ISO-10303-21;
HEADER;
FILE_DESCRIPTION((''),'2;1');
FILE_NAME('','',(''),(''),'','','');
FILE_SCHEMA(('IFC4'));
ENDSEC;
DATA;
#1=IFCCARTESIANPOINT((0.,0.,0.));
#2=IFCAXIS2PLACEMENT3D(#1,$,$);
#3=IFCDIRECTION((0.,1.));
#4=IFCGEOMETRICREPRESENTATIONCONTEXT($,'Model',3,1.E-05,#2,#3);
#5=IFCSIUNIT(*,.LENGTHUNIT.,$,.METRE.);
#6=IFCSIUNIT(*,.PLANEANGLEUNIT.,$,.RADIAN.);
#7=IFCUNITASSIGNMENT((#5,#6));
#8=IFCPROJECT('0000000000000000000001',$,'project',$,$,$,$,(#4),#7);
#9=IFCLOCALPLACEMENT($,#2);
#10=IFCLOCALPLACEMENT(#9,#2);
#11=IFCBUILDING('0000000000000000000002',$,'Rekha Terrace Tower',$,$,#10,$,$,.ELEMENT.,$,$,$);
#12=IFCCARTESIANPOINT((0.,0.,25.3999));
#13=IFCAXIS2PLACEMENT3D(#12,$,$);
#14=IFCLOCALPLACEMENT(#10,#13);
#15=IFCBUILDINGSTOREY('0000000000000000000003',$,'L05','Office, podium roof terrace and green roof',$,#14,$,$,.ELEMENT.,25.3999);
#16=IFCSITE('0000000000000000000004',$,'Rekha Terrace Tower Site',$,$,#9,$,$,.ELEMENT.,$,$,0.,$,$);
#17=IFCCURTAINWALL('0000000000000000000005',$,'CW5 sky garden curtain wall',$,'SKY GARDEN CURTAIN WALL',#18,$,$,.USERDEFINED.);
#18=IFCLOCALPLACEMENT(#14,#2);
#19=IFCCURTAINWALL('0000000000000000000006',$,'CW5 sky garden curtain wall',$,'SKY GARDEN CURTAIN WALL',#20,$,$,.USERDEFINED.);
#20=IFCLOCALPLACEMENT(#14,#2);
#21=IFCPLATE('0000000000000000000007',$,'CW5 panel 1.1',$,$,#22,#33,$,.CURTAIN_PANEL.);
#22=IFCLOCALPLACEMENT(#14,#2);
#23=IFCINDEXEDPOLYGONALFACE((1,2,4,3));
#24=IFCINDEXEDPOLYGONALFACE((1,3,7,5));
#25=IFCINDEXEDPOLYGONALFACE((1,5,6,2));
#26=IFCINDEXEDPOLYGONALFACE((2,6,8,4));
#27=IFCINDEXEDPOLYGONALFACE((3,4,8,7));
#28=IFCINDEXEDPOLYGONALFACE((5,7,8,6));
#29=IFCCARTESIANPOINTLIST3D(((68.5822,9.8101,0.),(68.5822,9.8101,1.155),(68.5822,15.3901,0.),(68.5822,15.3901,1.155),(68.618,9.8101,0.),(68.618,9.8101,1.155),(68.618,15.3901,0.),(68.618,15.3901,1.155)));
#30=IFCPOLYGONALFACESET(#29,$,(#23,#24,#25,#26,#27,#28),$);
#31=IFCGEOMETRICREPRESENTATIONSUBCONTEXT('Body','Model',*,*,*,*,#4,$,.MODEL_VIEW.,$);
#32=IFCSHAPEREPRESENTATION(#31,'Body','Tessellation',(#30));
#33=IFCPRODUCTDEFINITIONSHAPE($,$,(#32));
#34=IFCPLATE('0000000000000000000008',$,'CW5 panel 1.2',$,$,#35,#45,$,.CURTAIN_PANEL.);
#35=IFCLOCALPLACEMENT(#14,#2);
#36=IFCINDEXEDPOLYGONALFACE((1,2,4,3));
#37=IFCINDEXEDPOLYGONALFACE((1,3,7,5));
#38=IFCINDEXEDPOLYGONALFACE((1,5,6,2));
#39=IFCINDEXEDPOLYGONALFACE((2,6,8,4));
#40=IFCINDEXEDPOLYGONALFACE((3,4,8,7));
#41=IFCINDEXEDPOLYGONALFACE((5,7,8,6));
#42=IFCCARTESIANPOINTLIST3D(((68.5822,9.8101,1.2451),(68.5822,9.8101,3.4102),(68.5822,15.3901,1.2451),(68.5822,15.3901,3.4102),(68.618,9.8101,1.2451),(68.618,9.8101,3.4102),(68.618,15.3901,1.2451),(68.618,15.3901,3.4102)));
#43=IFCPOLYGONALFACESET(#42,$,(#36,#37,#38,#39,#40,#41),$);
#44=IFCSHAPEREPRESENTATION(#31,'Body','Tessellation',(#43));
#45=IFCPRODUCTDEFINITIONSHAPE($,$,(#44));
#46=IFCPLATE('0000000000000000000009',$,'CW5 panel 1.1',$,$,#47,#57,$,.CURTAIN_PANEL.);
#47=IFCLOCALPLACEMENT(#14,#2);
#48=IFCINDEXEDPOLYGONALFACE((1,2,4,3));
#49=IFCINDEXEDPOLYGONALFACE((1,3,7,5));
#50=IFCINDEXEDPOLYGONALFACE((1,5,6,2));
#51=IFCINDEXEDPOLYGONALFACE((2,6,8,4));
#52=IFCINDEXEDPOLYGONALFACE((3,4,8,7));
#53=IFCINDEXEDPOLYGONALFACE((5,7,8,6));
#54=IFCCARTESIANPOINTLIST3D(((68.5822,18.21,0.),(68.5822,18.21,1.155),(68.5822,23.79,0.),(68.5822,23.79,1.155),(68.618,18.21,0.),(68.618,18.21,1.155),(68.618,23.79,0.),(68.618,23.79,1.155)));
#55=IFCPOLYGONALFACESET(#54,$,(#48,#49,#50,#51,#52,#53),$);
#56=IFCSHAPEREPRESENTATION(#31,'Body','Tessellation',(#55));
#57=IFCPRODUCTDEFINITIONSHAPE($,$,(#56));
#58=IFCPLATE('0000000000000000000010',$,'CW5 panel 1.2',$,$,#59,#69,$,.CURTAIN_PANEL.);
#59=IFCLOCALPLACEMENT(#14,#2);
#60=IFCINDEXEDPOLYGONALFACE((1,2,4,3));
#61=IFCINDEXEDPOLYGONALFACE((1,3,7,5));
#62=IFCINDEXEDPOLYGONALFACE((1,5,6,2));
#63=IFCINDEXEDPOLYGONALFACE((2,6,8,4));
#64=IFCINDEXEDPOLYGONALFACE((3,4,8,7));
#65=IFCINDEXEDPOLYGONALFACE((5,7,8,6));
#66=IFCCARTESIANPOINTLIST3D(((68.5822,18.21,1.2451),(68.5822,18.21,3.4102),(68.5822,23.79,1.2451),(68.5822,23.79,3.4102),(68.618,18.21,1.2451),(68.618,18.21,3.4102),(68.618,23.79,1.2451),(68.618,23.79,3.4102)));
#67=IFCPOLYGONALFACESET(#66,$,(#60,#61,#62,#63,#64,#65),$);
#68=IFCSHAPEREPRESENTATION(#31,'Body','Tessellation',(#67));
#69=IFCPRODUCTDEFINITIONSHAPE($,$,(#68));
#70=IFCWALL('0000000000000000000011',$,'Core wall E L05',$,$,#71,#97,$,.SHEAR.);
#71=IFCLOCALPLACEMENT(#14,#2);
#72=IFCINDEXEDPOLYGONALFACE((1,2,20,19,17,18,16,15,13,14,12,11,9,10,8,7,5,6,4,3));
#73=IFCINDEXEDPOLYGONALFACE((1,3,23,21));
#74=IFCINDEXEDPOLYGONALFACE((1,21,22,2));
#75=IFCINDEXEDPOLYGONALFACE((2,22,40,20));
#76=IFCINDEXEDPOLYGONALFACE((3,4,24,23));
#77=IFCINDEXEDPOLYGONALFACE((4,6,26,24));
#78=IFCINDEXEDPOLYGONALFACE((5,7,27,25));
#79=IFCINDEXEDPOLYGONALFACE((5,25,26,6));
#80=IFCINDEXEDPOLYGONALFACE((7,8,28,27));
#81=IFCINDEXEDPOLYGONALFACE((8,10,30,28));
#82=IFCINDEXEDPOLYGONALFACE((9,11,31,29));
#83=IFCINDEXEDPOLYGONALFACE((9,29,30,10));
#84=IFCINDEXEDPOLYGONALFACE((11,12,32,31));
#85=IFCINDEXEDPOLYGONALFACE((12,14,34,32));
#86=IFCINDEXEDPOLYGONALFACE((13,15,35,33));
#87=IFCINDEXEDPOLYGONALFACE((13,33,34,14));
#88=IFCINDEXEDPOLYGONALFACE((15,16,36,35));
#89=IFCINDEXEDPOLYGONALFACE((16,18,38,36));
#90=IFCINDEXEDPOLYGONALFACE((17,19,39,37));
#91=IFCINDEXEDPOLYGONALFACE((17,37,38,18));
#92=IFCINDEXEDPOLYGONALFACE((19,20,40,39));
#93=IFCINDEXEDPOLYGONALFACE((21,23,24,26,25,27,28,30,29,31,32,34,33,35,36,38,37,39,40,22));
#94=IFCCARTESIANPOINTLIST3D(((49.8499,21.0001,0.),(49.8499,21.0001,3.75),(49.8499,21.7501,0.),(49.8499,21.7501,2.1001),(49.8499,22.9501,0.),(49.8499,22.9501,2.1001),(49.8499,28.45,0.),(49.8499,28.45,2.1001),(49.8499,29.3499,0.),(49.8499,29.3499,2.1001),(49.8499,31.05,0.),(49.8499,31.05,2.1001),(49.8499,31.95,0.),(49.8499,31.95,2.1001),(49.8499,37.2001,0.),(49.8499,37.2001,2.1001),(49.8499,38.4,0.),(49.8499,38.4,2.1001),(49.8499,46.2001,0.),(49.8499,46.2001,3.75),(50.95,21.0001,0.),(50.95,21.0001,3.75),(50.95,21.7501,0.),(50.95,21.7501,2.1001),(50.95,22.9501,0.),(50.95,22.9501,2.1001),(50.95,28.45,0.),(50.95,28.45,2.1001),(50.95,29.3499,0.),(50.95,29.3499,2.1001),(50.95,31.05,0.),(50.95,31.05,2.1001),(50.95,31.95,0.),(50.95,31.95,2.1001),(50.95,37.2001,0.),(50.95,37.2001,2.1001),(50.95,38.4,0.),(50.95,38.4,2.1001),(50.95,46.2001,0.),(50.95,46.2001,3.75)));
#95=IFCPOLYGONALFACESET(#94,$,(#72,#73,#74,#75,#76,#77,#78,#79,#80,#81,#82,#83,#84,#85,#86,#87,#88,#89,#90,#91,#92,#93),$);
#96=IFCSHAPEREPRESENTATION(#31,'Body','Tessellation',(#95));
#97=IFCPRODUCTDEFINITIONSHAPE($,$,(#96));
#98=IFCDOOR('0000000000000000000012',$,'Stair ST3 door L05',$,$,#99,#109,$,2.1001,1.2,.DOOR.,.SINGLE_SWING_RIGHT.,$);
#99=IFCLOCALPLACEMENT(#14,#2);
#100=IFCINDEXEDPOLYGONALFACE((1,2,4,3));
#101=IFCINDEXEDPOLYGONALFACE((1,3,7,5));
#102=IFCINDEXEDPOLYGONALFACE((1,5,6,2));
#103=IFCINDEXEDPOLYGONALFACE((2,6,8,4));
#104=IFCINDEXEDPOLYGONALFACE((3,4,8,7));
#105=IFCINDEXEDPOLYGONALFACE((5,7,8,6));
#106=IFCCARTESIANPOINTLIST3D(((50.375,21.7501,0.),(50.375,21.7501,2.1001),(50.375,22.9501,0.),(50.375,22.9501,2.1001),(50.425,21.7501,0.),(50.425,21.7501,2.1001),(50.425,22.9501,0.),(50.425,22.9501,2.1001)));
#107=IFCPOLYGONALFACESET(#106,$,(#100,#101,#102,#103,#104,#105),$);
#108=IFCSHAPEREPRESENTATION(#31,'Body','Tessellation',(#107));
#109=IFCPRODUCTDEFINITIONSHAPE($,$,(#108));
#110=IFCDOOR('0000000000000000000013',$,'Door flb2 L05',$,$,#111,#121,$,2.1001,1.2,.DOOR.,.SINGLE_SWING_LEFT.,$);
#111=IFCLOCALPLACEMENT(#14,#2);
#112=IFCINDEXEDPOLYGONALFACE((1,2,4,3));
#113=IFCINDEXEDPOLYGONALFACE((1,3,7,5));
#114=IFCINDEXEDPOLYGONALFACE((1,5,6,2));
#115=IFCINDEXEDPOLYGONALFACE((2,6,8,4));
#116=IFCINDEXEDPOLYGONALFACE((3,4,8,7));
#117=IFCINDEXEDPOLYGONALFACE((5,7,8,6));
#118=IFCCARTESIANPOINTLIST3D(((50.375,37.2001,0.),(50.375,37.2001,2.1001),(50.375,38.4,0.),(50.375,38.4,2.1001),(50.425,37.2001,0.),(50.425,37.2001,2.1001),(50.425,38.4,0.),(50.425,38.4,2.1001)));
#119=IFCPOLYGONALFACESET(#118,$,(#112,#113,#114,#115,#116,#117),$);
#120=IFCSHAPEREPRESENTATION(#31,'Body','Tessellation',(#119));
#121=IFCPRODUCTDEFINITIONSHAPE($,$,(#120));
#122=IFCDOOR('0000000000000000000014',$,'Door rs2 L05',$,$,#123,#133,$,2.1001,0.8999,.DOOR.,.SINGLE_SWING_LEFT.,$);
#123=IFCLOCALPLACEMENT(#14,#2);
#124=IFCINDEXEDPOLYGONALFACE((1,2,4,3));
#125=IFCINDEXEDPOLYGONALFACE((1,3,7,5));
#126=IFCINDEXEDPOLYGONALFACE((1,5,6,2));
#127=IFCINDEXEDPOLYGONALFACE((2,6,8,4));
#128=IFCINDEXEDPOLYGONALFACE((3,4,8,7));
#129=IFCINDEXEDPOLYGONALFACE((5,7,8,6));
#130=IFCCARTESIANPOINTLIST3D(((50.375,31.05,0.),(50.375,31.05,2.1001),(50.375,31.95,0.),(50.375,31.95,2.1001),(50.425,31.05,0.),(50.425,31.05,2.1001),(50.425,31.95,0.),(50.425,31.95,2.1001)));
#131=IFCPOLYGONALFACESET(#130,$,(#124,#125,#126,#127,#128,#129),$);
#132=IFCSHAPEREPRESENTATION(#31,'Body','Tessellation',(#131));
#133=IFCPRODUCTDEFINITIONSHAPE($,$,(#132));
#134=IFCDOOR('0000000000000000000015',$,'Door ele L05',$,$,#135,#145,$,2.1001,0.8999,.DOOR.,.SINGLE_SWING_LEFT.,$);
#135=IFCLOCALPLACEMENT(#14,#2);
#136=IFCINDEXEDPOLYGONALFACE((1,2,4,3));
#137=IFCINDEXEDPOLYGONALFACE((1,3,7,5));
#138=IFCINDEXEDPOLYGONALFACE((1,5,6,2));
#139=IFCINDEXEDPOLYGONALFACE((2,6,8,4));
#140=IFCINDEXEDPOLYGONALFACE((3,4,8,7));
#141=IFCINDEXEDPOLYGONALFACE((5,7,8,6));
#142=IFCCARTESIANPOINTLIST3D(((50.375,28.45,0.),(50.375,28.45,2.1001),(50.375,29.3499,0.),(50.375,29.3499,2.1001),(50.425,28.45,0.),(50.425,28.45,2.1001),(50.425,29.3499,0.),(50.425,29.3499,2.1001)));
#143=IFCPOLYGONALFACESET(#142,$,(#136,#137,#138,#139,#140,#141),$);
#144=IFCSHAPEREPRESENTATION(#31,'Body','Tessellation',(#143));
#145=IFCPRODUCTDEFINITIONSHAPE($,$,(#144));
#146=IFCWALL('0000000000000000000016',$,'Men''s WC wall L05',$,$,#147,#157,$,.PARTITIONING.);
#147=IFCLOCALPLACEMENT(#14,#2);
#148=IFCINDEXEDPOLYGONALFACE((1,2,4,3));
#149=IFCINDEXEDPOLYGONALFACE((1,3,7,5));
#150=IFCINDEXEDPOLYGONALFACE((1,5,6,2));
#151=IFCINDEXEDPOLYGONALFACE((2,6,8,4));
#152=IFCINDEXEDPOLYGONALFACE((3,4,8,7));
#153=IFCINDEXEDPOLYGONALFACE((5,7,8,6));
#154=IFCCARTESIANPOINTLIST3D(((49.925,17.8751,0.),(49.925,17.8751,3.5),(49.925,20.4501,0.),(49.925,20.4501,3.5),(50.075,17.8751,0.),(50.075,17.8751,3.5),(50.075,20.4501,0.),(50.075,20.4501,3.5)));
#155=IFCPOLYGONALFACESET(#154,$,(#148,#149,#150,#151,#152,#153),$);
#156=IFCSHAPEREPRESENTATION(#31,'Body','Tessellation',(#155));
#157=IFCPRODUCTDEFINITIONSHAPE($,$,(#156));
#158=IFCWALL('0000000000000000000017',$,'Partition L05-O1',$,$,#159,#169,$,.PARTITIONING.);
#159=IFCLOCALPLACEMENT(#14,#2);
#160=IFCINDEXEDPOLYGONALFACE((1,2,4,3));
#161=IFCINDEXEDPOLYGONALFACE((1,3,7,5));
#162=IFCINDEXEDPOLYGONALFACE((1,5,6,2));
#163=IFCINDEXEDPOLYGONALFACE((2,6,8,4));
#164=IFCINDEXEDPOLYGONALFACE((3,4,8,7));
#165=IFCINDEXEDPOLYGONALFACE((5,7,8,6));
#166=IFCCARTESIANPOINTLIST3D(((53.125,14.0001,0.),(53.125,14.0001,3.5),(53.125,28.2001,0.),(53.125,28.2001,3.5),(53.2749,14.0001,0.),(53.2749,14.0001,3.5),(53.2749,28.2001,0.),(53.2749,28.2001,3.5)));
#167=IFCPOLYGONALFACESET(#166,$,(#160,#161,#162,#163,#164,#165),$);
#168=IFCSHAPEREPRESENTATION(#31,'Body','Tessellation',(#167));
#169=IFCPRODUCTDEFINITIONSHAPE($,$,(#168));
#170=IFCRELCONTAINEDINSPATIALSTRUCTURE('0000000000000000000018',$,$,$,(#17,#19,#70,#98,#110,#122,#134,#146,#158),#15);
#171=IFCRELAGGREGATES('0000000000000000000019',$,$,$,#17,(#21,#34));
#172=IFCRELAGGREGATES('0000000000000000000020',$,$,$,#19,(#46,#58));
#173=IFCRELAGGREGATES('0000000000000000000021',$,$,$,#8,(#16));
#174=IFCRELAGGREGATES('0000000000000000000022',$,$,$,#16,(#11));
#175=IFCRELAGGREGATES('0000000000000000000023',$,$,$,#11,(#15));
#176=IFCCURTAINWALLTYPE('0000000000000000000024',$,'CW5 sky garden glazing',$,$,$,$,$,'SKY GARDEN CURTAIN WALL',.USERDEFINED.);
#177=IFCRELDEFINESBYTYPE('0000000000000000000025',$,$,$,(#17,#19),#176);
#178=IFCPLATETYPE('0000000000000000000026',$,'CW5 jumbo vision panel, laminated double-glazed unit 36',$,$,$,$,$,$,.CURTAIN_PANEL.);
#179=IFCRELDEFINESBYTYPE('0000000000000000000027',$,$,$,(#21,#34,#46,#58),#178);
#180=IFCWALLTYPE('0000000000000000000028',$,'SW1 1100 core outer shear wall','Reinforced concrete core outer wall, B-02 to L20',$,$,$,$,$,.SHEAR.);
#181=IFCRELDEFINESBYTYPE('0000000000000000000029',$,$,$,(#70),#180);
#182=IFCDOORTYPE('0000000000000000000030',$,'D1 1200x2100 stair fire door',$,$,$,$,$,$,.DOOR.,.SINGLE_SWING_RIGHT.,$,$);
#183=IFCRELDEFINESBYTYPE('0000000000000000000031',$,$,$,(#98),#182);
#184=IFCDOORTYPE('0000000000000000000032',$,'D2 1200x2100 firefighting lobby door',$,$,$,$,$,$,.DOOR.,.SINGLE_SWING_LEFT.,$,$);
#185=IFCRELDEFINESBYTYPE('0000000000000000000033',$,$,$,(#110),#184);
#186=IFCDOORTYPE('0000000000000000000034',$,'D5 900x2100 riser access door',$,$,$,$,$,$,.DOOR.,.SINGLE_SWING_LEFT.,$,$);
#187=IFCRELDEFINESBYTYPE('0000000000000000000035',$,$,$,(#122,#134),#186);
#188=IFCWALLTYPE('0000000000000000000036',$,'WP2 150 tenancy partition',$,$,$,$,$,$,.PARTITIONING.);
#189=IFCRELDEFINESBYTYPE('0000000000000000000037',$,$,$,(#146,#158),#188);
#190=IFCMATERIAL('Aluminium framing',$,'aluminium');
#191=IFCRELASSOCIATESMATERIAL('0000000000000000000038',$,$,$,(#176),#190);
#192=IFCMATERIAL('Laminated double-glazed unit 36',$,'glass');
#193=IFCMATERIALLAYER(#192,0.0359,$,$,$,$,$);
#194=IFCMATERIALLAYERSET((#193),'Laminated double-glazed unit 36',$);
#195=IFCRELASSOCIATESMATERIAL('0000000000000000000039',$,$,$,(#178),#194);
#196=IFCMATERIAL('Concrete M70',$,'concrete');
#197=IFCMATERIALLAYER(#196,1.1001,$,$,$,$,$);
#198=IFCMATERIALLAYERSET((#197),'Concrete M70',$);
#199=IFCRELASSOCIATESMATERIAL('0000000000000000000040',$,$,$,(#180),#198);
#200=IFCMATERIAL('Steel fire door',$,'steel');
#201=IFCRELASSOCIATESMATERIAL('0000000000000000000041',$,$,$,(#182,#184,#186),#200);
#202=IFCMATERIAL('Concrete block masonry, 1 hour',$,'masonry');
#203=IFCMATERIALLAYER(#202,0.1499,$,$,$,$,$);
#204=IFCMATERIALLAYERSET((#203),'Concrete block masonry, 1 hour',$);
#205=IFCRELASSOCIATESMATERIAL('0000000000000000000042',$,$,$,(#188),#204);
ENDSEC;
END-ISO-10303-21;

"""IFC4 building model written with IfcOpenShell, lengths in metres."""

from ifc_helpers import new_model, si_unit, direction, frame, frame_2d, origin, origin_2d, place, context, subcontext, project, spatial, rectangle, extrude, material, layer, layer_set, type_object, element, fill, aggregate, save


model = new_model("IFC4")

# Units and contexts
model_context = context("Model", 3, precision=1e-05, world=origin(), true_north=direction((0.0, 1.0)))
body_context = subcontext(model_context, "Body", "Model", "MODEL_VIEW")
ifc_project = project(units=[si_unit("LENGTHUNIT", "METRE"), si_unit("PLANEANGLEUNIT", "RADIAN")], contexts=[model_context])

# Site, building, storey
site_placement = place(None, origin())
site = spatial("IfcSite", under=ifc_project, at=site_placement, Name="Rekha Terrace Tower Site", CompositionType="ELEMENT", RefElevation=0.0)
building_placement = place(site_placement, origin())
building = spatial("IfcBuilding", under=site, at=building_placement, Name="Rekha Terrace Tower", CompositionType="ELEMENT")
storey_placement = place(building_placement, frame((0.0, 0.0, 25.3999)))
storey = spatial("IfcBuildingStorey", under=building, at=storey_placement, Name="L05", Description="Office, podium roof terrace and green roof", CompositionType="ELEMENT", Elevation=25.3999)

# Shared definitions
ifc_material_1 = material(Name="Concrete M70", Category="concrete")

# Curtain wall
ifc_material_2 = material(Name="Aluminium framing", Category="aluminium")
curtain_wall_type = type_object("IfcCurtainWallType", Name="CW5 sky garden glazing", ElementType="SKY GARDEN CURTAIN WALL", PredefinedType="USERDEFINED", material=ifc_material_2)
curtain_wall_1_placement = place(storey_placement, origin())
curtain_wall_1 = element("IfcCurtainWall", 1, at=curtain_wall_1_placement, inside=storey, type_object=curtain_wall_type, Name="CW5 sky garden curtain wall", ObjectType="SKY GARDEN CURTAIN WALL", PredefinedType="USERDEFINED")

# Curtain wall
curtain_wall_2_placement = place(storey_placement, origin())
curtain_wall_2 = element("IfcCurtainWall", 2, at=curtain_wall_2_placement, inside=storey, type_object=curtain_wall_type, Name="CW5 sky garden curtain wall", ObjectType="SKY GARDEN CURTAIN WALL", PredefinedType="USERDEFINED")

# Plates
ifc_material_3 = material(Name="Laminated double-glazed unit 36", Category="glass")
ifc_layer_1 = layer(ifc_material_3, 0.0359)
ifc_layer_set_1 = layer_set([ifc_layer_1], Name="Laminated double-glazed unit 36")
plate_type = type_object("IfcPlateType", Name="CW5 jumbo vision panel, laminated double-glazed unit 36", PredefinedType="CURTAIN_PANEL", material=ifc_layer_set_1)
plate_1_placement = place(storey_placement, frame((68.6001, 12.6001, 0.0), z_axis=(0.0, 0.0, 1.0), x_axis=(0.0, 1.0, 0.0)))
plate_1 = element("IfcPlate", 3, at=plate_1_placement, type_object=plate_type, Name="CW5 panel 1.1", PredefinedType="CURTAIN_PANEL", context=body_context, shape_type="SweptSolid", body=[
    extrude(rectangle(XDim=5.5801, YDim=0.0359, at=origin_2d()), origin(), (0.0, 0.0, 1.0), 1.155),
])
plate_2_placement = place(storey_placement, frame((68.6001, 12.6001, 1.2451), z_axis=(0.0, 0.0, 1.0), x_axis=(0.0, 1.0, 0.0)))
plate_2 = element("IfcPlate", 4, at=plate_2_placement, type_object=plate_type, Name="CW5 panel 1.2", PredefinedType="CURTAIN_PANEL", context=body_context, shape_type="SweptSolid", body=[
    extrude(rectangle(XDim=5.5801, YDim=0.0359, at=origin_2d()), origin(), (0.0, 0.0, 1.0), 2.165),
])
aggregate(curtain_wall_1, [plate_1, plate_2])
plate_3_placement = place(storey_placement, frame((68.6001, 21.0, 0.0), z_axis=(0.0, 0.0, 1.0), x_axis=(0.0, 1.0, 0.0)))
plate_3 = element("IfcPlate", 5, at=plate_3_placement, type_object=plate_type, Name="CW5 panel 1.1", PredefinedType="CURTAIN_PANEL", context=body_context, shape_type="SweptSolid", body=[
    extrude(rectangle(XDim=5.5801, YDim=0.0359, at=origin_2d()), origin(), (0.0, 0.0, 1.0), 1.155),
])
plate_4_placement = place(storey_placement, frame((68.6001, 21.0, 1.2451), z_axis=(0.0, 0.0, 1.0), x_axis=(0.0, 1.0, 0.0)))
plate_4 = element("IfcPlate", 6, at=plate_4_placement, type_object=plate_type, Name="CW5 panel 1.2", PredefinedType="CURTAIN_PANEL", context=body_context, shape_type="SweptSolid", body=[
    extrude(rectangle(XDim=5.5801, YDim=0.0359, at=origin_2d()), origin(), (0.0, 0.0, 1.0), 2.165),
])
aggregate(curtain_wall_2, [plate_3, plate_4])

# Wall, openings, doors
ifc_layer_2 = layer(ifc_material_1, 1.1001)
ifc_layer_set_2 = layer_set([ifc_layer_2], Name="Concrete M70")
wall_type_1 = type_object("IfcWallType", Name="SW1 1100 core outer shear wall", Description="Reinforced concrete core outer wall, B-02 to L20", PredefinedType="SHEAR", material=ifc_layer_set_2)
wall_1_placement = place(storey_placement, frame((50.3999, 21.0, 0.0), z_axis=(0.0, 0.0, 1.0), x_axis=(0.0, 1.0, 0.0)))
wall_1 = element("IfcWall", 7, at=wall_1_placement, inside=storey, type_object=wall_type_1, Name="Core wall E L05", PredefinedType="SHEAR", context=body_context, shape_type="SweptSolid", body=[
    extrude(rectangle(XDim=25.2, YDim=1.1001, at=frame_2d((12.6001, 0.0))), origin(), (0.0, 0.0, 1.0), 3.75),
])
opening_1_placement = place(wall_1_placement, frame((16.2, 0.0, 0.0)))
opening_1 = element("IfcOpeningElement", 8, at=opening_1_placement, cuts=wall_1, PredefinedType="OPENING", context=body_context, shape_type="SweptSolid", body=[
    extrude(rectangle(XDim=1.2, YDim=2.1001, at=frame_2d((0.6001, 1.05))), frame((0.0, 0.5601, 0.0), z_axis=(0.0, -1.0, 0.0), x_axis=(1.0, 0.0, 0.0)), (0.0, 0.0, 1.0), 1.1201),
])
opening_2_placement = place(wall_1_placement, frame((10.05, 0.0, 0.0)))
opening_2 = element("IfcOpeningElement", 9, at=opening_2_placement, cuts=wall_1, PredefinedType="OPENING", context=body_context, shape_type="SweptSolid", body=[
    extrude(rectangle(XDim=0.8999, YDim=2.1001, at=frame_2d((0.45, 1.05))), frame((0.0, 0.5601, 0.0), z_axis=(0.0, -1.0, 0.0), x_axis=(1.0, 0.0, 0.0)), (0.0, 0.0, 1.0), 1.1201),
])
opening_3_placement = place(wall_1_placement, frame((7.45, 0.0, 0.0)))
opening_3 = element("IfcOpeningElement", 10, at=opening_3_placement, cuts=wall_1, PredefinedType="OPENING", context=body_context, shape_type="SweptSolid", body=[
    extrude(rectangle(XDim=0.8999, YDim=2.1001, at=frame_2d((0.45, 1.05))), frame((0.0, 0.5601, 0.0), z_axis=(0.0, -1.0, 0.0), x_axis=(1.0, 0.0, 0.0)), (0.0, 0.0, 1.0), 1.1201),
])
opening_4_placement = place(wall_1_placement, frame((0.75, 0.0, 0.0)))
opening_4 = element("IfcOpeningElement", 11, at=opening_4_placement, cuts=wall_1, PredefinedType="OPENING", context=body_context, shape_type="SweptSolid", body=[
    extrude(rectangle(XDim=1.2, YDim=2.1001, at=frame_2d((0.6001, 1.05))), frame((0.0, 0.5601, 0.0), z_axis=(0.0, -1.0, 0.0), x_axis=(1.0, 0.0, 0.0)), (0.0, 0.0, 1.0), 1.1201),
])
ifc_material_4 = material(Name="Steel fire door", Category="steel")
door_type_1 = type_object("IfcDoorType", Name="D1 1200x2100 stair fire door", OperationType="SINGLE_SWING_RIGHT", PredefinedType="DOOR", material=ifc_material_4)
door_1_placement = place(opening_4_placement, origin())
door_1 = element("IfcDoor", 12, at=door_1_placement, inside=storey, type_object=door_type_1, Name="Stair ST3 door L05", OperationType="SINGLE_SWING_RIGHT", OverallHeight=2.1001, OverallWidth=1.2, PredefinedType="DOOR", context=body_context, shape_type="SweptSolid", body=[
    extrude(rectangle(XDim=1.2, YDim=2.1001, at=frame_2d((0.6001, 1.05))), frame((0.0, 0.0249, 0.0), z_axis=(0.0, -1.0, 0.0), x_axis=(1.0, 0.0, 0.0)), (0.0, 0.0, 1.0), 0.05),
])
fill(opening_4, door_1)
door_type_2 = type_object("IfcDoorType", Name="D2 1200x2100 firefighting lobby door", OperationType="SINGLE_SWING_LEFT", PredefinedType="DOOR", material=ifc_material_4)
door_2_placement = place(opening_1_placement, origin())
door_2 = element("IfcDoor", 13, at=door_2_placement, inside=storey, type_object=door_type_2, Name="Door flb2 L05", OperationType="SINGLE_SWING_LEFT", OverallHeight=2.1001, OverallWidth=1.2, PredefinedType="DOOR", context=body_context, shape_type="SweptSolid", body=[
    extrude(rectangle(XDim=1.2, YDim=2.1001, at=frame_2d((0.6001, 1.05))), frame((0.0, 0.0249, 0.0), z_axis=(0.0, -1.0, 0.0), x_axis=(1.0, 0.0, 0.0)), (0.0, 0.0, 1.0), 0.05),
])
fill(opening_1, door_2)
door_type_3 = type_object("IfcDoorType", Name="D5 900x2100 riser access door", OperationType="SINGLE_SWING_LEFT", PredefinedType="DOOR", material=ifc_material_4)
door_3_placement = place(opening_2_placement, origin())
door_3 = element("IfcDoor", 14, at=door_3_placement, inside=storey, type_object=door_type_3, Name="Door rs2 L05", OperationType="SINGLE_SWING_LEFT", OverallHeight=2.1001, OverallWidth=0.8999, PredefinedType="DOOR", context=body_context, shape_type="SweptSolid", body=[
    extrude(rectangle(XDim=0.8999, YDim=2.1001, at=frame_2d((0.45, 1.05))), frame((0.0, 0.0249, 0.0), z_axis=(0.0, -1.0, 0.0), x_axis=(1.0, 0.0, 0.0)), (0.0, 0.0, 1.0), 0.05),
])
fill(opening_2, door_3)
door_4_placement = place(opening_3_placement, origin())
door_4 = element("IfcDoor", 15, at=door_4_placement, inside=storey, type_object=door_type_3, Name="Door ele L05", OperationType="SINGLE_SWING_LEFT", OverallHeight=2.1001, OverallWidth=0.8999, PredefinedType="DOOR", context=body_context, shape_type="SweptSolid", body=[
    extrude(rectangle(XDim=0.8999, YDim=2.1001, at=frame_2d((0.45, 1.05))), frame((0.0, 0.0249, 0.0), z_axis=(0.0, -1.0, 0.0), x_axis=(1.0, 0.0, 0.0)), (0.0, 0.0, 1.0), 0.05),
])
fill(opening_3, door_4)

# Walls
ifc_material_5 = material(Name="Concrete block masonry, 1 hour", Category="masonry")
ifc_layer_3 = layer(ifc_material_5, 0.1499)
ifc_layer_set_3 = layer_set([ifc_layer_3], Name="Concrete block masonry, 1 hour")
wall_type_2 = type_object("IfcWallType", Name="WP2 150 tenancy partition", PredefinedType="PARTITIONING", material=ifc_layer_set_3)
wall_2_placement = place(storey_placement, frame((50.0, 17.875, 0.0), z_axis=(0.0, 0.0, 1.0), x_axis=(0.0, 1.0, 0.0)))
element("IfcWall", 16, at=wall_2_placement, inside=storey, type_object=wall_type_2, Name="Men's WC wall L05", PredefinedType="PARTITIONING", context=body_context, shape_type="SweptSolid", body=[
    extrude(rectangle(XDim=2.575, YDim=0.1499, at=frame_2d((1.2876, 0.0))), origin(), (0.0, 0.0, 1.0), 3.5),
])
wall_3_placement = place(storey_placement, frame((53.2, 14.0, 0.0), z_axis=(0.0, 0.0, 1.0), x_axis=(0.0, 1.0, 0.0)))
element("IfcWall", 17, at=wall_3_placement, inside=storey, type_object=wall_type_2, Name="Partition L05-O1", PredefinedType="PARTITIONING", context=body_context, shape_type="SweptSolid", body=[
    extrude(rectangle(XDim=14.2, YDim=0.1499, at=frame_2d((7.1001, 0.0))), origin(), (0.0, 0.0, 1.0), 3.5),
])

save(model, "model.ifc")
